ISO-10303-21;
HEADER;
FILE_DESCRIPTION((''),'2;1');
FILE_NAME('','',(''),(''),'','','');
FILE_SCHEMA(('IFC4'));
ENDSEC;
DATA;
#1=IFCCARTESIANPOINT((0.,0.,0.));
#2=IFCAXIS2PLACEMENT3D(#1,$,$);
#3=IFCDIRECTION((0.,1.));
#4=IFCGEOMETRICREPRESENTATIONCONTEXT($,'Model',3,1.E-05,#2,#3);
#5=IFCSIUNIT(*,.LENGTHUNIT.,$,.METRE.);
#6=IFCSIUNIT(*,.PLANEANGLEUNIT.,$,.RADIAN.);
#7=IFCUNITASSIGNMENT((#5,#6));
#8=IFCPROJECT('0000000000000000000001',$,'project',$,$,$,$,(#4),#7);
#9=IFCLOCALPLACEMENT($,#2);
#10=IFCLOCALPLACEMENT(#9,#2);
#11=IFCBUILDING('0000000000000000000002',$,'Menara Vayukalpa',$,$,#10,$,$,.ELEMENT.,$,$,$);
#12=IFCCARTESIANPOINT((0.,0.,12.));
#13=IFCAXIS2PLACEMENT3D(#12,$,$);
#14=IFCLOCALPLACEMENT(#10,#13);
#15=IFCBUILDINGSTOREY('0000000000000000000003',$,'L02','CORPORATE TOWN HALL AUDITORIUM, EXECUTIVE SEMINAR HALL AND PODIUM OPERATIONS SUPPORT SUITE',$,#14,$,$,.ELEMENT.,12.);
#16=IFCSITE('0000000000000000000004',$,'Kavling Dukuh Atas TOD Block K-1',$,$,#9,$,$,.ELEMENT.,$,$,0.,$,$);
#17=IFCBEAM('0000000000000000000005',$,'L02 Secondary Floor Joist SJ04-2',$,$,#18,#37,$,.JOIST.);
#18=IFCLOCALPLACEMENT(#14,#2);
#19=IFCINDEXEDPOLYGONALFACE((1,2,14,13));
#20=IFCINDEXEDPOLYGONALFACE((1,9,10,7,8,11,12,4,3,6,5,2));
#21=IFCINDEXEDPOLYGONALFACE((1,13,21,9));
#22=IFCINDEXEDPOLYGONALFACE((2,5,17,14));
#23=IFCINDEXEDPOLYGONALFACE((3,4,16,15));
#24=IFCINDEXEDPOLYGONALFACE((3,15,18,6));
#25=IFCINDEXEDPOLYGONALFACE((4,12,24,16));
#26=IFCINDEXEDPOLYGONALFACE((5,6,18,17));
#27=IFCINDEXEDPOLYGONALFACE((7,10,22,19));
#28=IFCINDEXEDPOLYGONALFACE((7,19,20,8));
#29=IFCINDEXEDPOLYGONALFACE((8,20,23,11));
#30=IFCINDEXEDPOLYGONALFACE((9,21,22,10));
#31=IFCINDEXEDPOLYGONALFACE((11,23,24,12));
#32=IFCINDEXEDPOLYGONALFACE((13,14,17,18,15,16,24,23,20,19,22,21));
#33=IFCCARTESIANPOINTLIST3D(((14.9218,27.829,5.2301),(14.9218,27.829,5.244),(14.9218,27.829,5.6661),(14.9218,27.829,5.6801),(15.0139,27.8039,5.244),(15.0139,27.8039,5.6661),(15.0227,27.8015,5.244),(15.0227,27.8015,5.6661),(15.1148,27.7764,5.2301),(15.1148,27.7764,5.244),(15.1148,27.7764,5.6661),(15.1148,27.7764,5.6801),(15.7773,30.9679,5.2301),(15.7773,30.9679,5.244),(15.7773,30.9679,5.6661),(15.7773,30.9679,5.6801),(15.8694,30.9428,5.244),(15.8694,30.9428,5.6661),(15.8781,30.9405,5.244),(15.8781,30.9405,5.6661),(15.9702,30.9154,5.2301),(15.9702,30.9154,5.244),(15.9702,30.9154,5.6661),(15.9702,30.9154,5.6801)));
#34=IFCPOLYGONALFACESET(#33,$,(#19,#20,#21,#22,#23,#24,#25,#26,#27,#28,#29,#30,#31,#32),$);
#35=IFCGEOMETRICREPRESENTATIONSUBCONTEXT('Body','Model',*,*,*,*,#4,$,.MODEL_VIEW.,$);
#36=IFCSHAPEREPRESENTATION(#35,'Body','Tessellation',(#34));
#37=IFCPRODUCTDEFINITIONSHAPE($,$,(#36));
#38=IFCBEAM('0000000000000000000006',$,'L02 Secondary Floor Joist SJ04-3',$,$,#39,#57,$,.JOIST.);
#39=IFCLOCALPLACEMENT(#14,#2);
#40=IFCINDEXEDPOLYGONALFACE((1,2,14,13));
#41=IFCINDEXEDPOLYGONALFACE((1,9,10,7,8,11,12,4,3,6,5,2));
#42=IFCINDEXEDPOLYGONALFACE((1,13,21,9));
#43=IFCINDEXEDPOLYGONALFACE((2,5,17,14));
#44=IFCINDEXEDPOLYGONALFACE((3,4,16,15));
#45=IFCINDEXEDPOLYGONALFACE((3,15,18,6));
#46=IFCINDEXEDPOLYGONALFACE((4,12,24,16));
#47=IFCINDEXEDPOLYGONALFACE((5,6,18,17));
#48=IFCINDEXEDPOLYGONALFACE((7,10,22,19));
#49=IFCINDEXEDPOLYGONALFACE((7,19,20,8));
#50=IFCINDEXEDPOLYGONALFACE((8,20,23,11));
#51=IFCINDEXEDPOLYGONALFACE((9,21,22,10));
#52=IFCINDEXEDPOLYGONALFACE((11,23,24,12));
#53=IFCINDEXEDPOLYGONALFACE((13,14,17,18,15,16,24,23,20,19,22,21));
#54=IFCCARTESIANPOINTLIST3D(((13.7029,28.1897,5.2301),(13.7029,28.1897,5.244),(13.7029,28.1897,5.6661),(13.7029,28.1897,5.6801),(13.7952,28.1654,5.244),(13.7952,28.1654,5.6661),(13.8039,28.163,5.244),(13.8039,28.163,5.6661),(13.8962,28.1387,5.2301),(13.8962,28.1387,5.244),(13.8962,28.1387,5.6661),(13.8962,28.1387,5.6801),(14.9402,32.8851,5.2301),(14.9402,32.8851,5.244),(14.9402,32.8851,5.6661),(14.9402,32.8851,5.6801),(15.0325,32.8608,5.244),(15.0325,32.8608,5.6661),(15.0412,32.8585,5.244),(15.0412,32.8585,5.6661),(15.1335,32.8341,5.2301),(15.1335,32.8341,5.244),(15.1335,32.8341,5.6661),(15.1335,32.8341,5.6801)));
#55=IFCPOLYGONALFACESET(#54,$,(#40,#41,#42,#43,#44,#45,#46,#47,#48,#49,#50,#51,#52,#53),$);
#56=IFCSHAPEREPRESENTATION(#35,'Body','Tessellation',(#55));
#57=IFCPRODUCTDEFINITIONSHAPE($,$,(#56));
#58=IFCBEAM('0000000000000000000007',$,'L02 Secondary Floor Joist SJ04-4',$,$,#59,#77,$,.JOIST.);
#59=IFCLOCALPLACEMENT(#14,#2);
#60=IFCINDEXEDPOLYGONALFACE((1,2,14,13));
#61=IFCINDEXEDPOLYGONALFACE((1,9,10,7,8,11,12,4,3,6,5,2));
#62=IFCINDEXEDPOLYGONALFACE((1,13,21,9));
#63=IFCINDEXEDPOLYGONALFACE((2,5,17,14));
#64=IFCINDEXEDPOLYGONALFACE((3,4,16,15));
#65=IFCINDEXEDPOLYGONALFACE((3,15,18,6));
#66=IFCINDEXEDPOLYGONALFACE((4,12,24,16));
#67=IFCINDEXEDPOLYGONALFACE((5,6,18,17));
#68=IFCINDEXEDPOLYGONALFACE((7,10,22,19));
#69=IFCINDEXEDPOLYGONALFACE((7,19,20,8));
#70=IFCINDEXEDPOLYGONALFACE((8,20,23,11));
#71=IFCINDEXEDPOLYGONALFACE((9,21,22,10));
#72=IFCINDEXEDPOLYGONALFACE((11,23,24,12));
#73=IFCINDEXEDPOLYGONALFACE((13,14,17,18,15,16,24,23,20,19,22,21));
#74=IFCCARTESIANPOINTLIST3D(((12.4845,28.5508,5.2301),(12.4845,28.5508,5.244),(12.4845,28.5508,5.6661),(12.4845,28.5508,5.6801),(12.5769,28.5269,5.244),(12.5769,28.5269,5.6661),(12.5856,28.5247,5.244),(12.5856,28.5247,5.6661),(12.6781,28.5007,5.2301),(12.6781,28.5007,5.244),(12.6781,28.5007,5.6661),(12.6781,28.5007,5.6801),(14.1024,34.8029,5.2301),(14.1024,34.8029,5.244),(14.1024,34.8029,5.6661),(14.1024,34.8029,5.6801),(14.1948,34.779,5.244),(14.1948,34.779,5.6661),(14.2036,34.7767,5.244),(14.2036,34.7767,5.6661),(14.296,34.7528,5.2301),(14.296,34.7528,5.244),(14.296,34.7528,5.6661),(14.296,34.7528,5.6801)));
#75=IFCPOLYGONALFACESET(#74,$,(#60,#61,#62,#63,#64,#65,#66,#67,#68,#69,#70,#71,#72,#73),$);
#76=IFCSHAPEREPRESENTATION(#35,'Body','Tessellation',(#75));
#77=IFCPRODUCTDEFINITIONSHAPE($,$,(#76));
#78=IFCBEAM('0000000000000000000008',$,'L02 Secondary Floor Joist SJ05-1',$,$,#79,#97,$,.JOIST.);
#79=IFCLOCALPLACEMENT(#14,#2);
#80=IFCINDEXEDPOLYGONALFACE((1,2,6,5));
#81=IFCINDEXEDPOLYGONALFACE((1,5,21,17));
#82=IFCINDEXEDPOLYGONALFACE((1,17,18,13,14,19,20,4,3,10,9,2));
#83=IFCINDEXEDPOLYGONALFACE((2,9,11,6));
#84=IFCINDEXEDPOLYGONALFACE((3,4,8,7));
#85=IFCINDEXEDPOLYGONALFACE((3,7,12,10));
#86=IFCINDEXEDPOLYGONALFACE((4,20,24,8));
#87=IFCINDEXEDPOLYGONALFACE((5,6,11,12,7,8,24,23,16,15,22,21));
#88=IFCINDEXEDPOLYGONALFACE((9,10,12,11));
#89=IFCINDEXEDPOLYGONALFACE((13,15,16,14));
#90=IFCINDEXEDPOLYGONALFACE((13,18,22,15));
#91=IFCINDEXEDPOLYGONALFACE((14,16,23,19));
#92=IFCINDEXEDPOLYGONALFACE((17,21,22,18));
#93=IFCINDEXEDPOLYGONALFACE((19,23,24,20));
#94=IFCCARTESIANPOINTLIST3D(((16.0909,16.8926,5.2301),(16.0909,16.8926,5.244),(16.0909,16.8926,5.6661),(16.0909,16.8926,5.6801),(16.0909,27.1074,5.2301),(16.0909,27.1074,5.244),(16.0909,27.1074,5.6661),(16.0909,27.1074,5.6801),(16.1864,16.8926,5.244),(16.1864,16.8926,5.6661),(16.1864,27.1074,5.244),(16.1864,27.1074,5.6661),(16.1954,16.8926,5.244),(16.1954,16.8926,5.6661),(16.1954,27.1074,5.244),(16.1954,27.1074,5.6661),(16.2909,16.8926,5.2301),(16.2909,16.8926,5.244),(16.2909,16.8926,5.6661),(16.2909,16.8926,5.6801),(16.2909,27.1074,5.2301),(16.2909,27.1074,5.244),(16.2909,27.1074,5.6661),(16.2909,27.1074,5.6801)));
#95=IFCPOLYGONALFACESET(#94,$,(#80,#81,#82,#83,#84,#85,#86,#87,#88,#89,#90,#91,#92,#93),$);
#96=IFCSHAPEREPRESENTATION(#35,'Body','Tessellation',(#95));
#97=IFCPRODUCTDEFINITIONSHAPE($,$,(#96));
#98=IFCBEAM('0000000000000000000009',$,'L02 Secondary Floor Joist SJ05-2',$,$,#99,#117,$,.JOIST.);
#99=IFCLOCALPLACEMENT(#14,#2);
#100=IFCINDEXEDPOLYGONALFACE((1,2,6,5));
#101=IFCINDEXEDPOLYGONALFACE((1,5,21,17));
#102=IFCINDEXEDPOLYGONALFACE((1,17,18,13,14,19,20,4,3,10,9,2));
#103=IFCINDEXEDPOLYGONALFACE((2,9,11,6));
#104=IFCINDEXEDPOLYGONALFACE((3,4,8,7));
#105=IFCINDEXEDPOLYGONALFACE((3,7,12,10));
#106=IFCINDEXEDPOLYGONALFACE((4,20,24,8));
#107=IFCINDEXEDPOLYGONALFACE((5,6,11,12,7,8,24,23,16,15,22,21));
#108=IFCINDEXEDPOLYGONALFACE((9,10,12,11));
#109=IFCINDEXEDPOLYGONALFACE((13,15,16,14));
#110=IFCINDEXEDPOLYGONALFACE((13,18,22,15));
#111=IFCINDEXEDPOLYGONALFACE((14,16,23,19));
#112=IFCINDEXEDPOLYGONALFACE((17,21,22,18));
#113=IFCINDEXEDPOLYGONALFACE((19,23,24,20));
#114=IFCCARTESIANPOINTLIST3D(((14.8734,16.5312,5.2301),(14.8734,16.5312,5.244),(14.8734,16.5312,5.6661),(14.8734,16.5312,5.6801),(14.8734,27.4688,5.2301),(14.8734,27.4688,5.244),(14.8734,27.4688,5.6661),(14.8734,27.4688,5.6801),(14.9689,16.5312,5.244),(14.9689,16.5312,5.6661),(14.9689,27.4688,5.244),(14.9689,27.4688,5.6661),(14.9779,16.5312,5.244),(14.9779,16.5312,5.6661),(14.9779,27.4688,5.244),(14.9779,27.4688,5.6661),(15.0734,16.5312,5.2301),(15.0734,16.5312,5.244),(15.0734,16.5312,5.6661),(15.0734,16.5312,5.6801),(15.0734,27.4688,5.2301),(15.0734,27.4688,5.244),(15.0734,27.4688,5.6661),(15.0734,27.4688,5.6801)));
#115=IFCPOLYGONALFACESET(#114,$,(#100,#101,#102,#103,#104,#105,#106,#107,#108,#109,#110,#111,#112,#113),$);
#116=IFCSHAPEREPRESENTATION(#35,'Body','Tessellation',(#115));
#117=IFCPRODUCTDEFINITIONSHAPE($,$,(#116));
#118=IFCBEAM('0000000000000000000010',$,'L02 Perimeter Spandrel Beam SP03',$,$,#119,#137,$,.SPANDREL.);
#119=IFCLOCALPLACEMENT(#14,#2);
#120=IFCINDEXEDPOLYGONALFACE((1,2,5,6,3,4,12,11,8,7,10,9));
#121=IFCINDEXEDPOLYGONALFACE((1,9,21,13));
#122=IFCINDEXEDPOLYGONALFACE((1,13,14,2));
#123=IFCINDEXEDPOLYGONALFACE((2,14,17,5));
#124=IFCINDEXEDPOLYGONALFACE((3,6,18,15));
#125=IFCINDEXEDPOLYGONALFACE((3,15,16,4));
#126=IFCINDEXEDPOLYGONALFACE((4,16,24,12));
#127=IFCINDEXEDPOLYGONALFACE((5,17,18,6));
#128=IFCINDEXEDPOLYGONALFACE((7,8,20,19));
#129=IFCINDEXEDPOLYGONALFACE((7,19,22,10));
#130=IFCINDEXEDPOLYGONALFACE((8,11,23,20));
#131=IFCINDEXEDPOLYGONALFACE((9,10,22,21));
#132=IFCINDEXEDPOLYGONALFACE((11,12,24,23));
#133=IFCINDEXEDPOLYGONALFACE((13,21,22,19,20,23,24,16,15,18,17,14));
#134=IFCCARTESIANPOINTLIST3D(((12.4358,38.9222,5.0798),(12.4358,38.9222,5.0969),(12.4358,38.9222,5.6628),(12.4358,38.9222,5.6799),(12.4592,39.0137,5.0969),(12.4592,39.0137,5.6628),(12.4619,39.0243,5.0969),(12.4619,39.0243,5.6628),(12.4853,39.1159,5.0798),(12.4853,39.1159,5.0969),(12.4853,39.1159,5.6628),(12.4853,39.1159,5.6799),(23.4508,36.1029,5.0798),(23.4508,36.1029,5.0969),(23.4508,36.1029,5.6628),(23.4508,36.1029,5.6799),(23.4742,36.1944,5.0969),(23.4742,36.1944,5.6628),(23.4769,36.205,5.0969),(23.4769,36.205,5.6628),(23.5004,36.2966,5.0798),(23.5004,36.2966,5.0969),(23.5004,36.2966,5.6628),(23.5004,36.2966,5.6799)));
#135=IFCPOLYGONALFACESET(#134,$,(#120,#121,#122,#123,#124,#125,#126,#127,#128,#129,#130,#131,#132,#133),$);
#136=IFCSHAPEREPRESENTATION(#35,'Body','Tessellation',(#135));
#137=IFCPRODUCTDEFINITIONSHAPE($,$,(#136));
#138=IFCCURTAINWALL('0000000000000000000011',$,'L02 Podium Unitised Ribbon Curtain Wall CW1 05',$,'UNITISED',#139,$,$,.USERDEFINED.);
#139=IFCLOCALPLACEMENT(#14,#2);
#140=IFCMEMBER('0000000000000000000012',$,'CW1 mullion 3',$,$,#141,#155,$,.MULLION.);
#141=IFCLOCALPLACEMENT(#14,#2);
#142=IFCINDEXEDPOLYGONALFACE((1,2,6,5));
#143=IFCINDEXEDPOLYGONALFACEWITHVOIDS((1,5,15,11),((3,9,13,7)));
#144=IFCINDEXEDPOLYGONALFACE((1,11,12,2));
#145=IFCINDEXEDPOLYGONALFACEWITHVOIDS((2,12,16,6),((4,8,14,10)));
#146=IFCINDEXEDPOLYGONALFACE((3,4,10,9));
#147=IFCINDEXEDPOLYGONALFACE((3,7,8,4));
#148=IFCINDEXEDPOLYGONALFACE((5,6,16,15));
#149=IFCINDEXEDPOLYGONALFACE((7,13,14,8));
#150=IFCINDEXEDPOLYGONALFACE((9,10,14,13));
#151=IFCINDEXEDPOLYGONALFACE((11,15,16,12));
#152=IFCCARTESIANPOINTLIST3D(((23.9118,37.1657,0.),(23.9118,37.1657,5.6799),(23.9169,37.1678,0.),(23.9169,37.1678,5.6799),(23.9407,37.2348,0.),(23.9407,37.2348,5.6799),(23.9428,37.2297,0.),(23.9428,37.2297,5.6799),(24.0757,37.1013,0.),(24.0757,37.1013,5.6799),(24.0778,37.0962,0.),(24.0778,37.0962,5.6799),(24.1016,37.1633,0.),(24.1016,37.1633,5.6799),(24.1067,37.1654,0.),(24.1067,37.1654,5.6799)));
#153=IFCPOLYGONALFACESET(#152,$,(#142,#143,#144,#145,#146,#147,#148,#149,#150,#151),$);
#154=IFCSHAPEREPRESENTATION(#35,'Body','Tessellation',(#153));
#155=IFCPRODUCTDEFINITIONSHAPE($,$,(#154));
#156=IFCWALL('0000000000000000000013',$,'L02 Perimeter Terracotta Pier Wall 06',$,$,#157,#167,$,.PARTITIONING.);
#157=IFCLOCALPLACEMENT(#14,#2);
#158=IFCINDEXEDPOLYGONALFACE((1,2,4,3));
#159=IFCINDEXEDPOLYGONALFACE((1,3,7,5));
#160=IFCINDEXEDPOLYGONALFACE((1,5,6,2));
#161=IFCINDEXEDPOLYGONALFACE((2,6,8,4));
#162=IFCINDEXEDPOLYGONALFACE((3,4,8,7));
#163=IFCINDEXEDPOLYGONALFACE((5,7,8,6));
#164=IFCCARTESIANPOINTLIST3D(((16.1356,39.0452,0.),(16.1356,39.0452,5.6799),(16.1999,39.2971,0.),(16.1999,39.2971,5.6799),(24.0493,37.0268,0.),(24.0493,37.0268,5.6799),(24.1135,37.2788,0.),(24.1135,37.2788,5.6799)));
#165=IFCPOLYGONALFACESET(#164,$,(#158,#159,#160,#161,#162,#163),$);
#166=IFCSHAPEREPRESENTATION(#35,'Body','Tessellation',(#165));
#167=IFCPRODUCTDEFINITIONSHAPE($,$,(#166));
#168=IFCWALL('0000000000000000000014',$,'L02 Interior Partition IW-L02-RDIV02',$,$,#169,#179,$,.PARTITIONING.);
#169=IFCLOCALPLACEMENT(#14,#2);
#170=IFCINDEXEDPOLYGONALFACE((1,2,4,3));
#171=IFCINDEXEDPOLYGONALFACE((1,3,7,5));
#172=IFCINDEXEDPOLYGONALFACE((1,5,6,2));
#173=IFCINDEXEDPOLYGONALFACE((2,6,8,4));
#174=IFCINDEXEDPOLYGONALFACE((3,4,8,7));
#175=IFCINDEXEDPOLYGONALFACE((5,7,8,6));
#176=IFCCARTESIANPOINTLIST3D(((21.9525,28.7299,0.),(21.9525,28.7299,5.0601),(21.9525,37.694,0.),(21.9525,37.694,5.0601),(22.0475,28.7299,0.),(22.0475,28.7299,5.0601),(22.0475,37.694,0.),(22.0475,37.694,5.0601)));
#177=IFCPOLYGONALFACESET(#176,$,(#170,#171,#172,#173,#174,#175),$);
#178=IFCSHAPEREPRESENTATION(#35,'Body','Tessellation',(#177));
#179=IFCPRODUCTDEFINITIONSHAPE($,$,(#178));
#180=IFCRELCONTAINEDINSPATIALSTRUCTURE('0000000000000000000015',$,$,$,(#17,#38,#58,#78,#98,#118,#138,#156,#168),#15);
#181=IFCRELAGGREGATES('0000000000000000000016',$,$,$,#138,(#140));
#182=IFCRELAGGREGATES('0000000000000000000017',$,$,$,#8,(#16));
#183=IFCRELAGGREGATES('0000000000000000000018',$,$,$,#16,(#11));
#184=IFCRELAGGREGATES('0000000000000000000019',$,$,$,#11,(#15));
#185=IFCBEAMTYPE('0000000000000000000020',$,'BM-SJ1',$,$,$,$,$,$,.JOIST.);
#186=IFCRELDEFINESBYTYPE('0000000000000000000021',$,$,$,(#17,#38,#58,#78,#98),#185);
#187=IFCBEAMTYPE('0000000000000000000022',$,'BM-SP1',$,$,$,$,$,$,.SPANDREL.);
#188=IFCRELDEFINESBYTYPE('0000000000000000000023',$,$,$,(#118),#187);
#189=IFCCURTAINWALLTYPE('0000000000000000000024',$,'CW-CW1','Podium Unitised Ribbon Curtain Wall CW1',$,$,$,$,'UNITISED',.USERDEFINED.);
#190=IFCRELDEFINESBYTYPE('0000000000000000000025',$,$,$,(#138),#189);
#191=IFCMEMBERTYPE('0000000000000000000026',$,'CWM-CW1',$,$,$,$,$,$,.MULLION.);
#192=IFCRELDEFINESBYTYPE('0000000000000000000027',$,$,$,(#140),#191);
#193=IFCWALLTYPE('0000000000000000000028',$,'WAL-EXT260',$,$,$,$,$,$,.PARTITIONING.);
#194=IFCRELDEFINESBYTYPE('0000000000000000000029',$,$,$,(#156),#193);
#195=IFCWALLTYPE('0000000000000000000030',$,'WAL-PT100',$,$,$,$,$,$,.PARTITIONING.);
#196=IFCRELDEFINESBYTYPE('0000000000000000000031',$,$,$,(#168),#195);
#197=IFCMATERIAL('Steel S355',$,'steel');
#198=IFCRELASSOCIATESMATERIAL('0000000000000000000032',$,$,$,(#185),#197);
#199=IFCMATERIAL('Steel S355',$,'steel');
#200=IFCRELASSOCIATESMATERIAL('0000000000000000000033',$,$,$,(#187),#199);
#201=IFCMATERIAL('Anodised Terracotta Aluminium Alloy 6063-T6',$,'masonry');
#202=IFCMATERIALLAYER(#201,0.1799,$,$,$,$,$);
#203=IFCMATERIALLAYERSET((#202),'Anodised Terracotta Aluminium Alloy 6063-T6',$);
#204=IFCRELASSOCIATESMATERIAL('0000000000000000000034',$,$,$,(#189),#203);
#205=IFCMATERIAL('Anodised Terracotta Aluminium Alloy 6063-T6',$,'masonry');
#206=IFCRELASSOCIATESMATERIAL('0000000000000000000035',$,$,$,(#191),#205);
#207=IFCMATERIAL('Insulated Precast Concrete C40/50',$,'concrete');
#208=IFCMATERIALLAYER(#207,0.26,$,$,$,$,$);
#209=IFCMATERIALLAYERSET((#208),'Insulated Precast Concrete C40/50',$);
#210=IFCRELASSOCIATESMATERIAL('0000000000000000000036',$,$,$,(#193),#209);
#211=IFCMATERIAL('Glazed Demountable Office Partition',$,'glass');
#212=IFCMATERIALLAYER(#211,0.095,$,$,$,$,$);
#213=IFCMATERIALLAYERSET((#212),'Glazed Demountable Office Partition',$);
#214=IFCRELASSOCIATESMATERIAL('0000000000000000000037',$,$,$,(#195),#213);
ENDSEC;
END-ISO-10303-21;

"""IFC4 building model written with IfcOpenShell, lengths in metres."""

from ifc_helpers import new_model, si_unit, direction, frame, frame_2d, origin, origin_2d, place, context, subcontext, project, spatial, rectangle, hollow_rectangle, i_section, extrude, material, layer, layer_set, material_profile, profile_set, type_object, element, aggregate, save


model = new_model("IFC4")

# Units and contexts
model_context = context("Model", 3, precision=1e-05, world=origin(), true_north=direction((0.0, 1.0)))
body_context = subcontext(model_context, "Body", "Model", "MODEL_VIEW")
ifc_project = project(units=[si_unit("LENGTHUNIT", "METRE"), si_unit("PLANEANGLEUNIT", "RADIAN")], contexts=[model_context])

# Site, building, storey
site_placement = place(None, origin())
site = spatial("IfcSite", under=ifc_project, at=site_placement, Name="Kavling Dukuh Atas TOD Block K-1", CompositionType="ELEMENT", RefElevation=0.0)
building_placement = place(site_placement, origin())
building = spatial("IfcBuilding", under=site, at=building_placement, Name="Menara Vayukalpa", CompositionType="ELEMENT")
storey_placement = place(building_placement, frame((0.0, 0.0, 12.0)))
storey = spatial("IfcBuildingStorey", under=building, at=storey_placement, Name="L02", Description="CORPORATE TOWN HALL AUDITORIUM, EXECUTIVE SEMINAR HALL AND PODIUM OPERATIONS SUPPORT SUITE", CompositionType="ELEMENT", Elevation=12.0)

# Beams
ifc_material_1 = material(Name="Steel S355", Category="steel")
ifc_material_profile_1 = material_profile(ifc_material_1, i_section(OverallWidth=0.2, OverallDepth=0.45, WebThickness=0.009, FlangeThickness=0.0139, at=origin_2d()), Name="WF 450x200x9x14")
ifc_profile_set_1 = profile_set([ifc_material_profile_1], Name="Steel S355")
beam_type_1 = type_object("IfcBeamType", Name="BM-SJ1", PredefinedType="JOIST", material=ifc_profile_set_1)
beam_1_placement = place(storey_placement, frame((15.8738, 30.9417, 5.4551), z_axis=(-0.262946, -0.964811, 0.0), x_axis=(0.964811, -0.262946, 0.0)))
element("IfcBeam", 1, at=beam_1_placement, inside=storey, type_object=beam_type_1, Name="L02 Secondary Floor Joist SJ04-2", PredefinedType="JOIST", context=body_context, shape_type="SweptSolid", body=[
    extrude(i_section(OverallWidth=0.2, OverallDepth=0.45, WebThickness=0.009, FlangeThickness=0.0139, at=origin_2d()), origin(), (0.0, 0.0, 1.0), 3.2534),
])
beam_2_placement = place(storey_placement, frame((15.0369, 32.8596, 5.4551), z_axis=(-0.25482, -0.966989, 0.0), x_axis=(0.966989, -0.25482, 0.0)))
element("IfcBeam", 2, at=beam_2_placement, inside=storey, type_object=beam_type_1, Name="L02 Secondary Floor Joist SJ04-3", PredefinedType="JOIST", context=body_context, shape_type="SweptSolid", body=[
    extrude(i_section(OverallWidth=0.2, OverallDepth=0.45, WebThickness=0.009, FlangeThickness=0.0139, at=origin_2d()), origin(), (0.0, 0.0, 1.0), 4.8557),
])
beam_3_placement = place(storey_placement, frame((14.1992, 34.7778, 5.4551), z_axis=(-0.250533, -0.968108, 0.0), x_axis=(0.968108, -0.250533, 0.0)))
element("IfcBeam", 3, at=beam_3_placement, inside=storey, type_object=beam_type_1, Name="L02 Secondary Floor Joist SJ04-4", PredefinedType="JOIST", context=body_context, shape_type="SweptSolid", body=[
    extrude(i_section(OverallWidth=0.2, OverallDepth=0.45, WebThickness=0.009, FlangeThickness=0.0139, at=origin_2d()), origin(), (0.0, 0.0, 1.0), 6.458),
])
beam_4_placement = place(storey_placement, frame((16.1909, 27.1074, 5.4551), z_axis=(0.0, -1.0, 0.0), x_axis=(1.0, 0.0, 0.0)))
element("IfcBeam", 4, at=beam_4_placement, inside=storey, type_object=beam_type_1, Name="L02 Secondary Floor Joist SJ05-1", PredefinedType="JOIST", context=body_context, shape_type="SweptSolid", body=[
    extrude(i_section(OverallWidth=0.2, OverallDepth=0.45, WebThickness=0.009, FlangeThickness=0.0139, at=origin_2d()), origin(), (0.0, 0.0, 1.0), 10.2148),
])
beam_5_placement = place(storey_placement, frame((14.9734, 27.4688, 5.4551), z_axis=(0.0, -1.0, 0.0), x_axis=(1.0, 0.0, 0.0)))
element("IfcBeam", 5, at=beam_5_placement, inside=storey, type_object=beam_type_1, Name="L02 Secondary Floor Joist SJ05-2", PredefinedType="JOIST", context=body_context, shape_type="SweptSolid", body=[
    extrude(i_section(OverallWidth=0.2, OverallDepth=0.45, WebThickness=0.009, FlangeThickness=0.0139, at=origin_2d()), origin(), (0.0, 0.0, 1.0), 10.9375),
])
ifc_material_2 = material(Name="Steel S355", Category="steel")
ifc_material_profile_2 = material_profile(ifc_material_2, i_section(OverallWidth=0.2, OverallDepth=0.6001, WebThickness=0.011, FlangeThickness=0.0171, at=origin_2d()), Name="WF 600x200x11x17")
ifc_profile_set_2 = profile_set([ifc_material_profile_2], Name="Steel S355")
beam_type_2 = type_object("IfcBeamType", Name="BM-SP1", PredefinedType="SPANDREL", material=ifc_profile_set_2)
beam_6_placement = place(storey_placement, frame((23.4756, 36.1997, 5.3799), z_axis=(-0.968771, 0.247958, 0.0), x_axis=(-0.247958, -0.968771, 0.0)))
element("IfcBeam", 6, at=beam_6_placement, inside=storey, type_object=beam_type_2, Name="L02 Perimeter Spandrel Beam SP03", PredefinedType="SPANDREL", context=body_context, shape_type="SweptSolid", body=[
    extrude(i_section(OverallWidth=0.2, OverallDepth=0.6001, WebThickness=0.011, FlangeThickness=0.0171, at=origin_2d()), origin(), (0.0, 0.0, 1.0), 11.3701),
])

# Curtain wall, member
ifc_material_3 = material(Name="Anodised Terracotta Aluminium Alloy 6063-T6", Category="masonry")
ifc_layer_1 = layer(ifc_material_3, 0.1799)
ifc_layer_set_1 = layer_set([ifc_layer_1], Name="Anodised Terracotta Aluminium Alloy 6063-T6")
curtain_wall_type = type_object("IfcCurtainWallType", Name="CW-CW1", Description="Podium Unitised Ribbon Curtain Wall CW1", ElementType="UNITISED", PredefinedType="USERDEFINED", material=ifc_layer_set_1)
curtain_wall_placement = place(storey_placement, origin())
curtain_wall = element("IfcCurtainWall", 7, at=curtain_wall_placement, inside=storey, type_object=curtain_wall_type, Name="L02 Podium Unitised Ribbon Curtain Wall CW1 05", ObjectType="UNITISED", PredefinedType="USERDEFINED")
ifc_material_4 = material(Name="Anodised Terracotta Aluminium Alloy 6063-T6", Category="masonry")
ifc_material_profile_3 = material_profile(ifc_material_4, hollow_rectangle(XDim=0.075, YDim=0.1799, WallThickness=0.0039, at=origin_2d()), Name="ALU 75x180x4")
ifc_profile_set_3 = profile_set([ifc_material_profile_3], Name="Anodised Terracotta Aluminium Alloy 6063-T6")
member_type = type_object("IfcMemberType", Name="CWM-CW1", PredefinedType="MULLION", material=ifc_profile_set_3)
member_placement = place(storey_placement, frame((24.0093, 37.1655, 0.0), z_axis=(0.0, 0.0, 1.0), x_axis=(-0.385891, -0.922545, 0.0)))
member = element("IfcMember", 8, at=member_placement, type_object=member_type, Name="CW1 mullion 3", PredefinedType="MULLION", context=body_context, shape_type="SweptSolid", body=[
    extrude(hollow_rectangle(XDim=0.075, YDim=0.1799, WallThickness=0.0039, at=origin_2d()), origin(), (0.0, 0.0, 1.0), 5.6799),
])
aggregate(curtain_wall, [member])

# Walls
ifc_material_5 = material(Name="Insulated Precast Concrete C40/50", Category="concrete")
ifc_layer_2 = layer(ifc_material_5, 0.26)
ifc_layer_set_2 = layer_set([ifc_layer_2], Name="Insulated Precast Concrete C40/50")
wall_type_1 = type_object("IfcWallType", Name="WAL-EXT260", PredefinedType="PARTITIONING", material=ifc_layer_set_2)
wall_1_placement = place(storey_placement, frame((16.1677, 39.1711, 0.0), z_axis=(0.0, 0.0, 1.0), x_axis=(0.968982, -0.247133, 0.0)))
element("IfcWall", 9, at=wall_1_placement, inside=storey, type_object=wall_type_1, Name="L02 Perimeter Terracotta Pier Wall 06", PredefinedType="PARTITIONING", context=body_context, shape_type="SweptSolid", body=[
    extrude(rectangle(XDim=8.167, YDim=0.26, at=frame_2d((4.0835, 0.0))), origin(), (0.0, 0.0, 1.0), 5.6799),
])
ifc_material_6 = material(Name="Glazed Demountable Office Partition", Category="glass")
ifc_layer_3 = layer(ifc_material_6, 0.095)
ifc_layer_set_3 = layer_set([ifc_layer_3], Name="Glazed Demountable Office Partition")
wall_type_2 = type_object("IfcWallType", Name="WAL-PT100", PredefinedType="PARTITIONING", material=ifc_layer_set_3)
wall_2_placement = place(storey_placement, frame((22.0, 28.73, 0.0), z_axis=(0.0, 0.0, 1.0), x_axis=(0.0, 1.0, 0.0)))
element("IfcWall", 10, at=wall_2_placement, inside=storey, type_object=wall_type_2, Name="L02 Interior Partition IW-L02-RDIV02", PredefinedType="PARTITIONING", context=body_context, shape_type="SweptSolid", body=[
    extrude(rectangle(XDim=8.9641, YDim=0.095, at=frame_2d((4.4819, 0.0))), origin(), (0.0, 0.0, 1.0), 5.0601),
])

save(model, "model.ifc")
